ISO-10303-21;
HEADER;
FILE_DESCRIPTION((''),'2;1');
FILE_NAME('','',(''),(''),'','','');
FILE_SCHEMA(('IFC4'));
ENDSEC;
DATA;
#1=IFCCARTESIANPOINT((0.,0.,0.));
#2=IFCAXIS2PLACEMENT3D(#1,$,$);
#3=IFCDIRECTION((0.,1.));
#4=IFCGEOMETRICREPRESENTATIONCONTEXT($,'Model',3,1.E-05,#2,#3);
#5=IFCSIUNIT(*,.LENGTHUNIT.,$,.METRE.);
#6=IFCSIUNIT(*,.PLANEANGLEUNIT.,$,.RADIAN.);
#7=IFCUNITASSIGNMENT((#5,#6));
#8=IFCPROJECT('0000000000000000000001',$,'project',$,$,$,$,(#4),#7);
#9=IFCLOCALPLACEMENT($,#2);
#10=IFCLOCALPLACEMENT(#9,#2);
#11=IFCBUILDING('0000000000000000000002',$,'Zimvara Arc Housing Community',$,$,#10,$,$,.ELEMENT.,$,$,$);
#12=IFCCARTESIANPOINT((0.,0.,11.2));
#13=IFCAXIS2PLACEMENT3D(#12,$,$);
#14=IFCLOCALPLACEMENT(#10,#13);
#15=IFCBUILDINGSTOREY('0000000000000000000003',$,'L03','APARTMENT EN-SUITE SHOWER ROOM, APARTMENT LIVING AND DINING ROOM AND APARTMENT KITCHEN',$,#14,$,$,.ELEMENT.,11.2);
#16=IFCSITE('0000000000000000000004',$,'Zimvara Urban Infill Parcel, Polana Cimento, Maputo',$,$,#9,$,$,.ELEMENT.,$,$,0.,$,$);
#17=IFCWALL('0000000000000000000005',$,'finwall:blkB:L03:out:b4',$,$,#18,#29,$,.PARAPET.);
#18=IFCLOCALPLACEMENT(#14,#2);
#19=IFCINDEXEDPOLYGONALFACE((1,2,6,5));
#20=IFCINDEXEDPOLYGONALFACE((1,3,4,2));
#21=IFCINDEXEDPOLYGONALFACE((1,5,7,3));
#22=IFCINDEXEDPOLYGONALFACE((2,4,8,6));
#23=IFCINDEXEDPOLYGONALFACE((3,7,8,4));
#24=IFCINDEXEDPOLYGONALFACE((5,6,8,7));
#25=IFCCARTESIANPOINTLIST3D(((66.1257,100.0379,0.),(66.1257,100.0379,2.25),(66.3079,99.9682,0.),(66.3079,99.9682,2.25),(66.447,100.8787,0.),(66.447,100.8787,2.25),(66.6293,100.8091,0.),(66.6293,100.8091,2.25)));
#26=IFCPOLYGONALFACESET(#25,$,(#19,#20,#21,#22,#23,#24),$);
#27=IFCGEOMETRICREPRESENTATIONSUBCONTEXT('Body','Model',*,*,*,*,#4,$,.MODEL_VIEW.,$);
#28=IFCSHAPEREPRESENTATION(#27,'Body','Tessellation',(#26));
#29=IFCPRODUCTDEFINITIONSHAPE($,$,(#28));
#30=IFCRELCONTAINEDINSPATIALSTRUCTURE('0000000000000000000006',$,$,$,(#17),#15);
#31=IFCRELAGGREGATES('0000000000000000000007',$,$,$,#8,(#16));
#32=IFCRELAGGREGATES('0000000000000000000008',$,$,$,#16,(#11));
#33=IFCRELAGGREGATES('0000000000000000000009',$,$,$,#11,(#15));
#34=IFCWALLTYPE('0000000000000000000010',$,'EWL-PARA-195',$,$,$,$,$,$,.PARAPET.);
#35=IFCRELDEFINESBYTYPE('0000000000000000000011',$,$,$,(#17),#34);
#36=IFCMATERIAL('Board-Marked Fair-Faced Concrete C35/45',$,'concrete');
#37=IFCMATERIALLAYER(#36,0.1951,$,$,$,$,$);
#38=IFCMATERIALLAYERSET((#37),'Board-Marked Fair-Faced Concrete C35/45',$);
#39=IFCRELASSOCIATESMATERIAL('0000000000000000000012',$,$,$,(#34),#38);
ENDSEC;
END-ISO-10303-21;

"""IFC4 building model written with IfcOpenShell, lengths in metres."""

from ifc_helpers import new_model, si_unit, direction, frame, frame_2d, origin, place, context, subcontext, project, spatial, rectangle, extrude, material, layer, layer_set, type_object, element, save


model = new_model("IFC4")

# Units and contexts
model_context = context("Model", 3, precision=1e-05, world=origin(), true_north=direction((0.0, 1.0)))
body_context = subcontext(model_context, "Body", "Model", "MODEL_VIEW")
ifc_project = project(units=[si_unit("LENGTHUNIT", "METRE"), si_unit("PLANEANGLEUNIT", "RADIAN")], contexts=[model_context])

# Site, building, storey
site_placement = place(None, origin())
site = spatial("IfcSite", under=ifc_project, at=site_placement, Name="Zimvara Urban Infill Parcel, Polana Cimento, Maputo", CompositionType="ELEMENT", RefElevation=0.0)
building_placement = place(site_placement, origin())
building = spatial("IfcBuilding", under=site, at=building_placement, Name="Zimvara Arc Housing Community", CompositionType="ELEMENT")
storey_placement = place(building_placement, frame((0.0, 0.0, 11.2)))
storey = spatial("IfcBuildingStorey", under=building, at=storey_placement, Name="L03", Description="APARTMENT EN-SUITE SHOWER ROOM, APARTMENT LIVING AND DINING ROOM AND APARTMENT KITCHEN", CompositionType="ELEMENT", Elevation=11.2)

# Wall
ifc_material_1 = material(Name="Board-Marked Fair-Faced Concrete C35/45", Category="concrete")
ifc_layer_1 = layer(ifc_material_1, 0.1951)
ifc_layer_set_1 = layer_set([ifc_layer_1], Name="Board-Marked Fair-Faced Concrete C35/45")
wall_type = type_object("IfcWallType", Name="EWL-PARA-195", PredefinedType="PARAPET", material=ifc_layer_set_1)
wall_placement = place(storey_placement, frame((66.2168, 100.0029, 0.0), z_axis=(0.0, 0.0, 1.0), x_axis=(0.356943, 0.934126, 0.0)))
element("IfcWall", 1, at=wall_placement, inside=storey, type_object=wall_type, Name="finwall:blkB:L03:out:b4", PredefinedType="PARAPET", context=body_context, shape_type="SweptSolid", body=[
    extrude(rectangle(XDim=0.9001, YDim=0.1951, at=frame_2d((0.4502, 0.0))), origin(), (0.0, 0.0, 1.0), 2.25),
])

save(model, "model.ifc")
